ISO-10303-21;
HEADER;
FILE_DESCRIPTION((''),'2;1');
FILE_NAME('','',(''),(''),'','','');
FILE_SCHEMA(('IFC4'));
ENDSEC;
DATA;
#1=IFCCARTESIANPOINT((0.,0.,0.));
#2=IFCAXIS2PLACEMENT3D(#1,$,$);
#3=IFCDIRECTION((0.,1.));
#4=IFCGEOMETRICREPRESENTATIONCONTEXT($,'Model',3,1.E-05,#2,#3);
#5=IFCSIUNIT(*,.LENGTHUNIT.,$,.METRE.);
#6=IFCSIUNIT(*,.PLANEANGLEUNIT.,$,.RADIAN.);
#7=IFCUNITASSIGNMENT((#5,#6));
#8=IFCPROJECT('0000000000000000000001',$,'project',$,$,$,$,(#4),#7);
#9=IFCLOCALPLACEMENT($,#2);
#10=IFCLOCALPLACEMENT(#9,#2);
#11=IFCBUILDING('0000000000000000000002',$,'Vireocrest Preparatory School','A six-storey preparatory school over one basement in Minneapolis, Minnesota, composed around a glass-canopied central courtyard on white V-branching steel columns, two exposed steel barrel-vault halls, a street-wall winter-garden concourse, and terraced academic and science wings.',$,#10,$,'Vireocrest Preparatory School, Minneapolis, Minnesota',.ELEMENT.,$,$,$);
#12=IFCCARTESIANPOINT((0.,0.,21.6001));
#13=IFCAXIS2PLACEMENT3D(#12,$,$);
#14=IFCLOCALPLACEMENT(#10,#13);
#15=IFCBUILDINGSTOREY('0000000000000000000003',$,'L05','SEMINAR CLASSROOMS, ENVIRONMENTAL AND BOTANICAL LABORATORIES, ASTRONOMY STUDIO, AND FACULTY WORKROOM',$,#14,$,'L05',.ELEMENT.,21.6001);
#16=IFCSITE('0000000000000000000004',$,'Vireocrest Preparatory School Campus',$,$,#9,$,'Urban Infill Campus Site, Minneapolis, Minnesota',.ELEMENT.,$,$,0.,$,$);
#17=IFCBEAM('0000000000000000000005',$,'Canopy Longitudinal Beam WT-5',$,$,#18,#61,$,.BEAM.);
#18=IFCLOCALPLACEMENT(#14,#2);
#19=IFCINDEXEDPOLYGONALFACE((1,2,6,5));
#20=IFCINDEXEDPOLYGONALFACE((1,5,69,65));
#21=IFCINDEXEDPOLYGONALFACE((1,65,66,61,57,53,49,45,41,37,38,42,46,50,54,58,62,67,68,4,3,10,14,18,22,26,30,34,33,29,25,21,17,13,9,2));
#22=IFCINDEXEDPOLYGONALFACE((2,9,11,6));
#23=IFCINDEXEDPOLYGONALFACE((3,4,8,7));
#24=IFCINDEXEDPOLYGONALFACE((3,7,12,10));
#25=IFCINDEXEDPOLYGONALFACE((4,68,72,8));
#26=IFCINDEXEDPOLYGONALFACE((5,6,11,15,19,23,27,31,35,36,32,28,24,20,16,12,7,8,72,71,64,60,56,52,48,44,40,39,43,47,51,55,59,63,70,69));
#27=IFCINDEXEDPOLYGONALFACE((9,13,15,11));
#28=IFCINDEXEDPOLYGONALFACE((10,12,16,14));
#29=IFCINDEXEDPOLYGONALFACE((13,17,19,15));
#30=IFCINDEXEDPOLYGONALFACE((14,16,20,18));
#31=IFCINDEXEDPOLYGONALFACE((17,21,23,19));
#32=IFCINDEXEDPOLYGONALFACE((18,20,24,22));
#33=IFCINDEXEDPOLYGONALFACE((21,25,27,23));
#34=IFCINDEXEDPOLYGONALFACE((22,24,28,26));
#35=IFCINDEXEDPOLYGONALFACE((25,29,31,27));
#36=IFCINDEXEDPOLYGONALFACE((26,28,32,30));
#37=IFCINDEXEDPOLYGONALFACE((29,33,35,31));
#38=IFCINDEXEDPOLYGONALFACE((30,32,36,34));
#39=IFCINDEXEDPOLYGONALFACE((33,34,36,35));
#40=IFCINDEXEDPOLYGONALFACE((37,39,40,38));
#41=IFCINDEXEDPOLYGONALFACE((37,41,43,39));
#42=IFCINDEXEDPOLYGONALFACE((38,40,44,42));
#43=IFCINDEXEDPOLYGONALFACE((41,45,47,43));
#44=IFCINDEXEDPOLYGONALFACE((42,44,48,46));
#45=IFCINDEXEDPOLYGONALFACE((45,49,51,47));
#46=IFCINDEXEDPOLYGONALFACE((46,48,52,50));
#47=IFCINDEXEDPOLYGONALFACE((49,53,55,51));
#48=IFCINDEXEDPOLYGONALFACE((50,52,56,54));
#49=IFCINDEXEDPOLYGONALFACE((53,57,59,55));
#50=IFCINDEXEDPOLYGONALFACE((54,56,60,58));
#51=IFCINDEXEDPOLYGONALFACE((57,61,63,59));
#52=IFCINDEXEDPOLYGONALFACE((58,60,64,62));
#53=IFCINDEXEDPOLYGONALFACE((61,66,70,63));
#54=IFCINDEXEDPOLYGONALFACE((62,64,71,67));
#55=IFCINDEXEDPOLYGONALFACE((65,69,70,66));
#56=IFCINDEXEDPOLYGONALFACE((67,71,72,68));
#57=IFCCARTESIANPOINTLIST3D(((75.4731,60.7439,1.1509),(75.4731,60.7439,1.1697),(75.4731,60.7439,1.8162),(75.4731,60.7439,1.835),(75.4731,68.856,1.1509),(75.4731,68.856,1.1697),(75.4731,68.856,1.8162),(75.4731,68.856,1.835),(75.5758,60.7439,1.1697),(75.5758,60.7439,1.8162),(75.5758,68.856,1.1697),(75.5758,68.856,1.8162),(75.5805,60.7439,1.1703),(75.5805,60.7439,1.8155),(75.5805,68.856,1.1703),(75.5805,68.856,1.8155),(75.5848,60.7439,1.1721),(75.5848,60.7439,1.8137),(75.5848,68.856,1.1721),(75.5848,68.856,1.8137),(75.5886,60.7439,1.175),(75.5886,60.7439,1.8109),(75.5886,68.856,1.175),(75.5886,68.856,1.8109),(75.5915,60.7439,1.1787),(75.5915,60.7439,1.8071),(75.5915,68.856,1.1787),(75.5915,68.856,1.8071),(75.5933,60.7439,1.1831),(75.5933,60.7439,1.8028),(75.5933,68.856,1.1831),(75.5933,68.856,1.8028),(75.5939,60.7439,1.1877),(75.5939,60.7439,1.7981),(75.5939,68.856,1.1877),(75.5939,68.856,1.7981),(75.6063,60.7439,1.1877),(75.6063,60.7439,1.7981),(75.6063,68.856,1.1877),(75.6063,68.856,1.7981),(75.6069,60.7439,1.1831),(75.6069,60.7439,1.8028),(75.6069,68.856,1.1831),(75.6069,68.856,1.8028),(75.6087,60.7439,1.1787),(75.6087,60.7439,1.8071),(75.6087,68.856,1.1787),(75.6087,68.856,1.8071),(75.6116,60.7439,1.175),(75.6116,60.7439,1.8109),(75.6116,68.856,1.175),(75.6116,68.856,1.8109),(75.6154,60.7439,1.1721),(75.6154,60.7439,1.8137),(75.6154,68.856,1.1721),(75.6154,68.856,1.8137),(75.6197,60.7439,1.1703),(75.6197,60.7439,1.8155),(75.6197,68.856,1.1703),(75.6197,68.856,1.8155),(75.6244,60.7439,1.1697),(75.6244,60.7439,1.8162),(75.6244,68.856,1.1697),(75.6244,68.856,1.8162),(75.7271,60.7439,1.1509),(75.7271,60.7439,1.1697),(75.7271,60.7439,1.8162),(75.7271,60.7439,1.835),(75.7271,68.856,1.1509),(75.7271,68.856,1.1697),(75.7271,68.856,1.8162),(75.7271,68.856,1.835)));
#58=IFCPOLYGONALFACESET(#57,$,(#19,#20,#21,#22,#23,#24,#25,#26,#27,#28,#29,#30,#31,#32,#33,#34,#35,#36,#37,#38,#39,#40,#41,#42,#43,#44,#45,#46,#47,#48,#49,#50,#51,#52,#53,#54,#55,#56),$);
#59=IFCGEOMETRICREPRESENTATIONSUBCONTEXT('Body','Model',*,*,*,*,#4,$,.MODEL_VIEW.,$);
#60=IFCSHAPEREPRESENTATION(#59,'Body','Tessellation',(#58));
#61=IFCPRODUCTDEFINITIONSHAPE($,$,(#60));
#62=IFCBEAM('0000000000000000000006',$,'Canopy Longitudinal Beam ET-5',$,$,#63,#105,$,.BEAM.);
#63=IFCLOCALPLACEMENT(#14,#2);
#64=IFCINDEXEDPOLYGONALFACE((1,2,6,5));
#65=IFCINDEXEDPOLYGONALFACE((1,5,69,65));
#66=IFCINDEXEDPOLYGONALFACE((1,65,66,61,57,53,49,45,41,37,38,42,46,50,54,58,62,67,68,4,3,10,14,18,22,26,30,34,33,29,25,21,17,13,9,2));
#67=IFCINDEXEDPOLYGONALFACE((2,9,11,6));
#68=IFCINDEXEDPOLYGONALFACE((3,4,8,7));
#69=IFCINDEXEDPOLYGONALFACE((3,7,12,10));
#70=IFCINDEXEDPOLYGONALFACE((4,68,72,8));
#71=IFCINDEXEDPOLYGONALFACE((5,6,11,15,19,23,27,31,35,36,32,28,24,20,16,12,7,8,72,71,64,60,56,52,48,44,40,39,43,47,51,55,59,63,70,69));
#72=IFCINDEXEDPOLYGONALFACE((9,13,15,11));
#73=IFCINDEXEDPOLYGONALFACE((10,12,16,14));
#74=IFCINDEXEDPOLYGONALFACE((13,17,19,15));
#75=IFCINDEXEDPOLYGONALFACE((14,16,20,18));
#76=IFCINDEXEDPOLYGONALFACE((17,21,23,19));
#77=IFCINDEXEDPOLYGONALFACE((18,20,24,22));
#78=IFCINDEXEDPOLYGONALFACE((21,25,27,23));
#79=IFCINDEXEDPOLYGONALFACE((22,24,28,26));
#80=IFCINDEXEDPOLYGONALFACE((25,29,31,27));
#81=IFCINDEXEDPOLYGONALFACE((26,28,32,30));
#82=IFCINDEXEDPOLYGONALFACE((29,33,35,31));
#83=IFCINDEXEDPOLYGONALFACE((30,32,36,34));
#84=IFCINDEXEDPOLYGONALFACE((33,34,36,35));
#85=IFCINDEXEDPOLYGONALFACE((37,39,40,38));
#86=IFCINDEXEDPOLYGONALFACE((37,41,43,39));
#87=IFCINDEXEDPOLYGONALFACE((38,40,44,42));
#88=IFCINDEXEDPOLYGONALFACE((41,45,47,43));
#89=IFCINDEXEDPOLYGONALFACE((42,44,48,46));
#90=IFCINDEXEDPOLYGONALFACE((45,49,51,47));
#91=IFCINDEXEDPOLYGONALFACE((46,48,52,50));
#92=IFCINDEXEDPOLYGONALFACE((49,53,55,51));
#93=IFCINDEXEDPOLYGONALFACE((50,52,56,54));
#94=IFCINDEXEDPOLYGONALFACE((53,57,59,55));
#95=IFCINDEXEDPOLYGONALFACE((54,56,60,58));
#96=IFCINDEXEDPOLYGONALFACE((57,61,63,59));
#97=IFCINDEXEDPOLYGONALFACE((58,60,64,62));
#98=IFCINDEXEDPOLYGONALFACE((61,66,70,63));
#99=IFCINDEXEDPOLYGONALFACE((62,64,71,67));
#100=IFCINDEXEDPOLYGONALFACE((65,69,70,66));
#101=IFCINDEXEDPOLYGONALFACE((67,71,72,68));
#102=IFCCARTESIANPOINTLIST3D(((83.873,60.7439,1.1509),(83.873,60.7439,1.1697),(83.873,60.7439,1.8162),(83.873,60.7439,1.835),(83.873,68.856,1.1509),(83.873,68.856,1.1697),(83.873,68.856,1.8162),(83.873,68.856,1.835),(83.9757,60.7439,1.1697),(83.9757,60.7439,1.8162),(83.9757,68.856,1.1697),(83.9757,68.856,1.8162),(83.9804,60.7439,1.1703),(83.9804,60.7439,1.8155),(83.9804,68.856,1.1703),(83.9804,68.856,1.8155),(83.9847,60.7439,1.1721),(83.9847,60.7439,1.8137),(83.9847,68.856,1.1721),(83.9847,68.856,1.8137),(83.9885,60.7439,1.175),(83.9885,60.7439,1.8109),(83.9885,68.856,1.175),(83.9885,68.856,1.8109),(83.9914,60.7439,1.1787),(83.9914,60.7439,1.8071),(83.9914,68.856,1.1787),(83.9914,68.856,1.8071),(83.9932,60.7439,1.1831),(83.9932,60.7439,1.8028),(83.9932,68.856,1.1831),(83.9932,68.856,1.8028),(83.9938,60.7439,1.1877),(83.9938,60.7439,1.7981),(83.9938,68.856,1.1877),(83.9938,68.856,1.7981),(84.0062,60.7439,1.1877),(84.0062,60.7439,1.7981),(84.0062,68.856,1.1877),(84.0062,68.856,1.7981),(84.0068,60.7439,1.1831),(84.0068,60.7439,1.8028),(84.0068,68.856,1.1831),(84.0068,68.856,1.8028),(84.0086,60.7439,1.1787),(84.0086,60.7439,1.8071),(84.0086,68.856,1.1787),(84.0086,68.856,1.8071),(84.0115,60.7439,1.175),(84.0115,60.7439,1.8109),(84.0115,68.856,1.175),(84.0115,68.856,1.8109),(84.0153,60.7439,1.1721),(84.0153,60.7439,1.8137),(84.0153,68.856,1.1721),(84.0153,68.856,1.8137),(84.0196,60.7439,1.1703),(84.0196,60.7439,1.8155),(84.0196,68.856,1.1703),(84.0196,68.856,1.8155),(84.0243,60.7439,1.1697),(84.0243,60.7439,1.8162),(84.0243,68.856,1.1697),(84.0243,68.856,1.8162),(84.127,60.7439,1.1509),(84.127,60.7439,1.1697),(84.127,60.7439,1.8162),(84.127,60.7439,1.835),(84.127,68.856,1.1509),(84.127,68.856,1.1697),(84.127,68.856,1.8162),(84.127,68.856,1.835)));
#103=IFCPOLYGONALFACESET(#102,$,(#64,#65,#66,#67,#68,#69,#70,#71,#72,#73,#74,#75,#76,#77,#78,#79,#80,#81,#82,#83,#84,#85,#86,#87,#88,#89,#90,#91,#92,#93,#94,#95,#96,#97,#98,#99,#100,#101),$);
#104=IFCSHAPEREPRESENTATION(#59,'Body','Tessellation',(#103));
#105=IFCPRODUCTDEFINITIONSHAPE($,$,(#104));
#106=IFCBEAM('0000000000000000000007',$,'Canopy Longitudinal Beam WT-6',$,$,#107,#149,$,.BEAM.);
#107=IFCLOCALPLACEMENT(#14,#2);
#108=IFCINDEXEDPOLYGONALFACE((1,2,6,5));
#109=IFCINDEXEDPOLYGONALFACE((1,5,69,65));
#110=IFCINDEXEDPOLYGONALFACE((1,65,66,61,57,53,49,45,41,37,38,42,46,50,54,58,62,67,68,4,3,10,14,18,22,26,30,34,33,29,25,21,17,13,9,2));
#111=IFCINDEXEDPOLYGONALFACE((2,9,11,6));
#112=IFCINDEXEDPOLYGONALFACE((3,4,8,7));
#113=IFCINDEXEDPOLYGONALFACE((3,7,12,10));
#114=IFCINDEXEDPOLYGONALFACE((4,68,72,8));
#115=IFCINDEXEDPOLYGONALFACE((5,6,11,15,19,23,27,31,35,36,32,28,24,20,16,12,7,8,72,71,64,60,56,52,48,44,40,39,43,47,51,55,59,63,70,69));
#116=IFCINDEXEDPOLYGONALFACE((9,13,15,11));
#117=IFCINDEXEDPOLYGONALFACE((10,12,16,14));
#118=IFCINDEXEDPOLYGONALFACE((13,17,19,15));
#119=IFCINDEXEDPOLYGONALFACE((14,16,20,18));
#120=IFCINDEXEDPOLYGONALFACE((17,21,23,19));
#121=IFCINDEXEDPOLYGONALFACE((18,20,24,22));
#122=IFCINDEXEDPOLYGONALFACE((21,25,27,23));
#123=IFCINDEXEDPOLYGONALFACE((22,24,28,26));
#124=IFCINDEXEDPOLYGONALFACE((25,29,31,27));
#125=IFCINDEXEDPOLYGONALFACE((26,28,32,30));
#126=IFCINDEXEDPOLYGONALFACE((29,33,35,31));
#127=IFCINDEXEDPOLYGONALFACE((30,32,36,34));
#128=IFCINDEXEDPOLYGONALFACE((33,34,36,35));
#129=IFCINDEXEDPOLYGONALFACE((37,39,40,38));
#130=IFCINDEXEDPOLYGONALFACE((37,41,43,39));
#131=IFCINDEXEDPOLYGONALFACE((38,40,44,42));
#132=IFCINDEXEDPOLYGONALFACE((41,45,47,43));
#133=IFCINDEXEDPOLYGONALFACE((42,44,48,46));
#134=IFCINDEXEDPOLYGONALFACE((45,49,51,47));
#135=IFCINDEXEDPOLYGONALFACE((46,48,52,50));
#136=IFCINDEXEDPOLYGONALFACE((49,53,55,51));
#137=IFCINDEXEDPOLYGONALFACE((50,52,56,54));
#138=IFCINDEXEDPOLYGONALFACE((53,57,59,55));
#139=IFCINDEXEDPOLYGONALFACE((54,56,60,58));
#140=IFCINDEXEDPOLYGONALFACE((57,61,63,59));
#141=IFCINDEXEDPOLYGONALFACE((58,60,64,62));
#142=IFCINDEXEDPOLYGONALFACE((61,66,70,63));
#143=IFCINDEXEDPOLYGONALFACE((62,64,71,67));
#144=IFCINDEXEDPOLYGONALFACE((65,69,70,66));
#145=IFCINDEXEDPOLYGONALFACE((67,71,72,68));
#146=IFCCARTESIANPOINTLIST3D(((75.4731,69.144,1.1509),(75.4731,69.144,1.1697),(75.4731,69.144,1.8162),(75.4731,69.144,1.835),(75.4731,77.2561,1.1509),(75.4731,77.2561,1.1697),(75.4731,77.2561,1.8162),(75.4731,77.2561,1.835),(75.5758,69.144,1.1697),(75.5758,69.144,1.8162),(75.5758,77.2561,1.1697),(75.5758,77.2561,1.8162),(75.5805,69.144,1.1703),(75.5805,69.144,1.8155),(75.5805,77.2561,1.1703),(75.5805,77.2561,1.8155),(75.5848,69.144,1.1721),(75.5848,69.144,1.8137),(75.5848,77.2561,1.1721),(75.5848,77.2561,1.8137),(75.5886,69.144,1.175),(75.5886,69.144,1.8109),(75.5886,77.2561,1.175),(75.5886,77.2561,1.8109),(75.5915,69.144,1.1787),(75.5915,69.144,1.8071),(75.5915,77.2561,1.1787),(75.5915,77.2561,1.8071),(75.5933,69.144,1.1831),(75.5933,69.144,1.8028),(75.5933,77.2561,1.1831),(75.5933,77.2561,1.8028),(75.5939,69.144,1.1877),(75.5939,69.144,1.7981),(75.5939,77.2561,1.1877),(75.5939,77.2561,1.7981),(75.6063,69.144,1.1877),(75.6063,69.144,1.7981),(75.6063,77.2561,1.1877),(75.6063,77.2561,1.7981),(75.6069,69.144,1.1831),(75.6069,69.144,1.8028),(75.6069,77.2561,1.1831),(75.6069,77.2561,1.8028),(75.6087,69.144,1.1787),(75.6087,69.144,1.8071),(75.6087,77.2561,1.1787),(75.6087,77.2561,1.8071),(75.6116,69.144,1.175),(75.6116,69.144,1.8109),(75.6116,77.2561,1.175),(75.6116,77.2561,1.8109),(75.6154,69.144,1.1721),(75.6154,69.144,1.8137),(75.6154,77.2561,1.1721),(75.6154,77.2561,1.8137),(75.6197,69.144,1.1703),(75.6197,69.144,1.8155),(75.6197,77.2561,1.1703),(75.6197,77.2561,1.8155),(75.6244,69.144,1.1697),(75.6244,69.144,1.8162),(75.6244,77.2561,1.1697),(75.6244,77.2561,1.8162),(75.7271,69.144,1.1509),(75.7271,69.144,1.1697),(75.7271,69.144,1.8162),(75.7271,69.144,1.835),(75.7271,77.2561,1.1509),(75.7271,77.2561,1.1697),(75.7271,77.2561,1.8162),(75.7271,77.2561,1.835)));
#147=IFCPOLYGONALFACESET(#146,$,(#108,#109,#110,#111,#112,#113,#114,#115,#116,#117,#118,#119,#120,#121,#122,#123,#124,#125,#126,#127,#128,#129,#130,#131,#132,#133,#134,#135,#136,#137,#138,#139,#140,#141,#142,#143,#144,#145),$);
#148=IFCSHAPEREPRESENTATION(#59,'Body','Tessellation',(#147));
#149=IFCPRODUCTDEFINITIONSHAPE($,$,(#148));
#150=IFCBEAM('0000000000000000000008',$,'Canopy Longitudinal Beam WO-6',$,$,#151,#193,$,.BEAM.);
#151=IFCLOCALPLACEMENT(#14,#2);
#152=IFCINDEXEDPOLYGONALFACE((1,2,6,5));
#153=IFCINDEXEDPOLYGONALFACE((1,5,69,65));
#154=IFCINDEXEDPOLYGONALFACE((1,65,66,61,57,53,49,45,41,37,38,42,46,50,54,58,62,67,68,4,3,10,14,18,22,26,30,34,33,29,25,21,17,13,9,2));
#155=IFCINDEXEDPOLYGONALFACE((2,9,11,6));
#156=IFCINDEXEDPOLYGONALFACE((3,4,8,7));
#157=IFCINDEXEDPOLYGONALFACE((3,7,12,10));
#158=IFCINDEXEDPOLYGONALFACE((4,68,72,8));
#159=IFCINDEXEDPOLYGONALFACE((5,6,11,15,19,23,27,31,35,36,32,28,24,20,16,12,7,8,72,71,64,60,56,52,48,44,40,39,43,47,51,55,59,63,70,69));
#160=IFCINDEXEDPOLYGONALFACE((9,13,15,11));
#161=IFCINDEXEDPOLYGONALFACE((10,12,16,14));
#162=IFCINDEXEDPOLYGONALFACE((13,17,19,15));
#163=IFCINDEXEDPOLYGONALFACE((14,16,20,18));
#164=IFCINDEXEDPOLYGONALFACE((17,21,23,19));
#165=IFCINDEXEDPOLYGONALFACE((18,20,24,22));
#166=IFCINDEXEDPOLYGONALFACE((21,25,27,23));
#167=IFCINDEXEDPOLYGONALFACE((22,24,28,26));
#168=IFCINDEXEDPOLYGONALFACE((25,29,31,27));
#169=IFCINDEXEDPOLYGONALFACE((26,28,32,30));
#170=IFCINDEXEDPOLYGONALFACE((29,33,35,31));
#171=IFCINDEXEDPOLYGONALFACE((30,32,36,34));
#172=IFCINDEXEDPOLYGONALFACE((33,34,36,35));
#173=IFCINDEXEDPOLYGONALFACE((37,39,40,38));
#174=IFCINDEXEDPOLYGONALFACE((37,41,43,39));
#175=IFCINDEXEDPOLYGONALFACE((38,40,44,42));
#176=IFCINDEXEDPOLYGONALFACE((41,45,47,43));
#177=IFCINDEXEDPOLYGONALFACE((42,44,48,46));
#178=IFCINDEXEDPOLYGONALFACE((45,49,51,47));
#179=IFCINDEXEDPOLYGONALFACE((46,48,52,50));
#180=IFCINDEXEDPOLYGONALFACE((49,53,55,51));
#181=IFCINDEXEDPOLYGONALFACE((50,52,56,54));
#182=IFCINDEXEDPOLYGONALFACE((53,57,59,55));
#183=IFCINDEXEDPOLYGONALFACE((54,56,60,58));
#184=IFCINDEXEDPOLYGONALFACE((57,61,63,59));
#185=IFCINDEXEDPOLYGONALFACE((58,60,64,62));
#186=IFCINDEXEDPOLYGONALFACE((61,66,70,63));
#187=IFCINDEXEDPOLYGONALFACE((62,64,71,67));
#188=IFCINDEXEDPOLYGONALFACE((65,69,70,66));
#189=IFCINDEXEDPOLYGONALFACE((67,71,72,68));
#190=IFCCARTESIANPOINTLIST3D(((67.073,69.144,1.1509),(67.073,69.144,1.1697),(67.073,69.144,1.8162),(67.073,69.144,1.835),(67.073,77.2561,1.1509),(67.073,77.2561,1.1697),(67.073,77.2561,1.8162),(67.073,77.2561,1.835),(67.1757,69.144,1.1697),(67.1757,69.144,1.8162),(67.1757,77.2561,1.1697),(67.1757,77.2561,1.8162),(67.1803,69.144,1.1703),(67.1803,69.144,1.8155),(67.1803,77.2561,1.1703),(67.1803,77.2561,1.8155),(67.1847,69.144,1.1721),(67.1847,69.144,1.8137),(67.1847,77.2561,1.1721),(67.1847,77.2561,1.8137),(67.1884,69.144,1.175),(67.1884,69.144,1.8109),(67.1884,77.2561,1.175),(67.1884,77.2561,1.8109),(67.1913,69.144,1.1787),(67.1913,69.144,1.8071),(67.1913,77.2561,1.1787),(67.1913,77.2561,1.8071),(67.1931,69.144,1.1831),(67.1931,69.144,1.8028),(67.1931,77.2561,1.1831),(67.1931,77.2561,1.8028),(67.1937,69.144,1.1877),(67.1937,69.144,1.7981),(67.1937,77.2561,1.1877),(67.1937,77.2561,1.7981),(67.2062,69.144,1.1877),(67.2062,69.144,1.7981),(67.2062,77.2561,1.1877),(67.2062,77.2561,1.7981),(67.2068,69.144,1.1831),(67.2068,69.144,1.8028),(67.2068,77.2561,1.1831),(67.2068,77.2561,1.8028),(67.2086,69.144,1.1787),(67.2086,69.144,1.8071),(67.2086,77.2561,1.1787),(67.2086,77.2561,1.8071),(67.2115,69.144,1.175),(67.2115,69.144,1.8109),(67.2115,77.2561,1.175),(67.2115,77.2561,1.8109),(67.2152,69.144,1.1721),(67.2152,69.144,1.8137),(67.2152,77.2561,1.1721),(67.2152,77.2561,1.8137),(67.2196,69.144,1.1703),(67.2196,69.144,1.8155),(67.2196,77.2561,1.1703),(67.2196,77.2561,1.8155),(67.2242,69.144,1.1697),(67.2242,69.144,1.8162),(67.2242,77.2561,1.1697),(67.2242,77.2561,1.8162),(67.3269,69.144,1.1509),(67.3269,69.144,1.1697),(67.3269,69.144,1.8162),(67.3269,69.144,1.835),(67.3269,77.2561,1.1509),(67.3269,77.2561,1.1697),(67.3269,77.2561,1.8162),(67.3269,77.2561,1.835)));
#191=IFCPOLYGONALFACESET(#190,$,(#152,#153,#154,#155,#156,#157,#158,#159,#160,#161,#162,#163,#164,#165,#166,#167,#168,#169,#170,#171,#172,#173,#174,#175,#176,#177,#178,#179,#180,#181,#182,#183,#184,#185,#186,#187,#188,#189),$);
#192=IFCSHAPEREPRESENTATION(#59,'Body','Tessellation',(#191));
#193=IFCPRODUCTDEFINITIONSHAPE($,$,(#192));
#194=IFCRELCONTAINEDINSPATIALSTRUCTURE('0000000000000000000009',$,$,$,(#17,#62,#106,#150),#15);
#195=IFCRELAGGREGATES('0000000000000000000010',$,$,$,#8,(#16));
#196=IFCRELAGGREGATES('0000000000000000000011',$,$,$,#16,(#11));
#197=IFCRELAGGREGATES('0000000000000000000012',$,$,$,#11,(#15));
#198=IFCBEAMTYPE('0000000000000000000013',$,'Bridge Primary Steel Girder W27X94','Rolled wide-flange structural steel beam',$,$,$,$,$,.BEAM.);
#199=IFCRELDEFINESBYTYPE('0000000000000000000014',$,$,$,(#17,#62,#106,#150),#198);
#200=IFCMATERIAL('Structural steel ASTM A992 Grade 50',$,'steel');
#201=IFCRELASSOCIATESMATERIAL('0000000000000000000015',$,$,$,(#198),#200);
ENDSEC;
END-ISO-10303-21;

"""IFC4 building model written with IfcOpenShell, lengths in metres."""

from ifc_helpers import new_model, si_unit, direction, frame, origin, origin_2d, place, context, subcontext, project, spatial, i_section, extrude, material, material_profile, profile_set, type_object, element, save


model = new_model("IFC4")

# Units and contexts
model_context = context("Model", 3, precision=1e-05, world=origin(), true_north=direction((0.0, 1.0)))
body_context = subcontext(model_context, "Body", "Model", "MODEL_VIEW")
ifc_project = project(units=[si_unit("LENGTHUNIT", "METRE"), si_unit("PLANEANGLEUNIT", "RADIAN")], contexts=[model_context])

# Site, building, storey
site_placement = place(None, origin())
site = spatial("IfcSite", under=ifc_project, at=site_placement, Name="Vireocrest Preparatory School Campus", LongName="Urban Infill Campus Site, Minneapolis, Minnesota", CompositionType="ELEMENT", RefElevation=0.0)
building_placement = place(site_placement, origin())
building = spatial("IfcBuilding", under=site, at=building_placement, Name="Vireocrest Preparatory School", Description="A six-storey preparatory school over one basement in Minneapolis, Minnesota, composed around a glass-canopied central courtyard on white V-branching steel columns, two exposed steel barrel-vault halls, a street-wall winter-garden concourse, and terraced academic and science wings.", LongName="Vireocrest Preparatory School, Minneapolis, Minnesota", CompositionType="ELEMENT")
storey_placement = place(building_placement, frame((0.0, 0.0, 21.6001)))
storey = spatial("IfcBuildingStorey", under=building, at=storey_placement, Name="L05", Description="SEMINAR CLASSROOMS, ENVIRONMENTAL AND BOTANICAL LABORATORIES, ASTRONOMY STUDIO, AND FACULTY WORKROOM", LongName="L05", CompositionType="ELEMENT", Elevation=21.6001)

# Beams
ifc_material_1 = material(Name="Structural steel ASTM A992 Grade 50", Category="steel")
ifc_material_profile_1 = material_profile(ifc_material_1, i_section(OverallWidth=0.2539, OverallDepth=0.6841, WebThickness=0.0125, FlangeThickness=0.0188, FilletRadius=0.0181, at=origin_2d()), Name="W27X94")
ifc_profile_set_1 = profile_set([ifc_material_profile_1], Name="Structural steel ASTM A992 Grade 50")
beam_type_1 = type_object("IfcBeamType", Name="Bridge Primary Steel Girder W27X94", Description="Rolled wide-flange structural steel beam", PredefinedType="BEAM", material=ifc_profile_set_1)
for number, where, z_axis, x_axis, name in (
    (1, (75.6001, 60.7439, 1.4929), (0.0, 1.0, 0.0), (-1.0, 0.0, 0.0), "Canopy Longitudinal Beam WT-5"),
    (2, (84.0, 60.7439, 1.4929), (0.0, 1.0, 0.0), (-1.0, 0.0, 0.0), "Canopy Longitudinal Beam ET-5"),
    (3, (75.6001, 69.144, 1.4929), (0.0, 1.0, 0.0), (-1.0, 0.0, 0.0), "Canopy Longitudinal Beam WT-6"),
    (4, (67.2, 69.144, 1.4929), (0.0, 1.0, 0.0), (-1.0, 0.0, 0.0), "Canopy Longitudinal Beam WO-6"),
):
    element("IfcBeam", number, at=place(storey_placement, frame(where, z_axis=z_axis, x_axis=x_axis)), inside=storey, type_object=beam_type_1, Name=name, PredefinedType="BEAM", context=body_context, shape_type="SweptSolid", body=[
        extrude(i_section(OverallWidth=0.2539, OverallDepth=0.6841, WebThickness=0.0125, FlangeThickness=0.0188, FilletRadius=0.0181, at=origin_2d()), origin(), (0.0, 0.0, 1.0), 8.1121),
    ])

save(model, "model.ifc")
